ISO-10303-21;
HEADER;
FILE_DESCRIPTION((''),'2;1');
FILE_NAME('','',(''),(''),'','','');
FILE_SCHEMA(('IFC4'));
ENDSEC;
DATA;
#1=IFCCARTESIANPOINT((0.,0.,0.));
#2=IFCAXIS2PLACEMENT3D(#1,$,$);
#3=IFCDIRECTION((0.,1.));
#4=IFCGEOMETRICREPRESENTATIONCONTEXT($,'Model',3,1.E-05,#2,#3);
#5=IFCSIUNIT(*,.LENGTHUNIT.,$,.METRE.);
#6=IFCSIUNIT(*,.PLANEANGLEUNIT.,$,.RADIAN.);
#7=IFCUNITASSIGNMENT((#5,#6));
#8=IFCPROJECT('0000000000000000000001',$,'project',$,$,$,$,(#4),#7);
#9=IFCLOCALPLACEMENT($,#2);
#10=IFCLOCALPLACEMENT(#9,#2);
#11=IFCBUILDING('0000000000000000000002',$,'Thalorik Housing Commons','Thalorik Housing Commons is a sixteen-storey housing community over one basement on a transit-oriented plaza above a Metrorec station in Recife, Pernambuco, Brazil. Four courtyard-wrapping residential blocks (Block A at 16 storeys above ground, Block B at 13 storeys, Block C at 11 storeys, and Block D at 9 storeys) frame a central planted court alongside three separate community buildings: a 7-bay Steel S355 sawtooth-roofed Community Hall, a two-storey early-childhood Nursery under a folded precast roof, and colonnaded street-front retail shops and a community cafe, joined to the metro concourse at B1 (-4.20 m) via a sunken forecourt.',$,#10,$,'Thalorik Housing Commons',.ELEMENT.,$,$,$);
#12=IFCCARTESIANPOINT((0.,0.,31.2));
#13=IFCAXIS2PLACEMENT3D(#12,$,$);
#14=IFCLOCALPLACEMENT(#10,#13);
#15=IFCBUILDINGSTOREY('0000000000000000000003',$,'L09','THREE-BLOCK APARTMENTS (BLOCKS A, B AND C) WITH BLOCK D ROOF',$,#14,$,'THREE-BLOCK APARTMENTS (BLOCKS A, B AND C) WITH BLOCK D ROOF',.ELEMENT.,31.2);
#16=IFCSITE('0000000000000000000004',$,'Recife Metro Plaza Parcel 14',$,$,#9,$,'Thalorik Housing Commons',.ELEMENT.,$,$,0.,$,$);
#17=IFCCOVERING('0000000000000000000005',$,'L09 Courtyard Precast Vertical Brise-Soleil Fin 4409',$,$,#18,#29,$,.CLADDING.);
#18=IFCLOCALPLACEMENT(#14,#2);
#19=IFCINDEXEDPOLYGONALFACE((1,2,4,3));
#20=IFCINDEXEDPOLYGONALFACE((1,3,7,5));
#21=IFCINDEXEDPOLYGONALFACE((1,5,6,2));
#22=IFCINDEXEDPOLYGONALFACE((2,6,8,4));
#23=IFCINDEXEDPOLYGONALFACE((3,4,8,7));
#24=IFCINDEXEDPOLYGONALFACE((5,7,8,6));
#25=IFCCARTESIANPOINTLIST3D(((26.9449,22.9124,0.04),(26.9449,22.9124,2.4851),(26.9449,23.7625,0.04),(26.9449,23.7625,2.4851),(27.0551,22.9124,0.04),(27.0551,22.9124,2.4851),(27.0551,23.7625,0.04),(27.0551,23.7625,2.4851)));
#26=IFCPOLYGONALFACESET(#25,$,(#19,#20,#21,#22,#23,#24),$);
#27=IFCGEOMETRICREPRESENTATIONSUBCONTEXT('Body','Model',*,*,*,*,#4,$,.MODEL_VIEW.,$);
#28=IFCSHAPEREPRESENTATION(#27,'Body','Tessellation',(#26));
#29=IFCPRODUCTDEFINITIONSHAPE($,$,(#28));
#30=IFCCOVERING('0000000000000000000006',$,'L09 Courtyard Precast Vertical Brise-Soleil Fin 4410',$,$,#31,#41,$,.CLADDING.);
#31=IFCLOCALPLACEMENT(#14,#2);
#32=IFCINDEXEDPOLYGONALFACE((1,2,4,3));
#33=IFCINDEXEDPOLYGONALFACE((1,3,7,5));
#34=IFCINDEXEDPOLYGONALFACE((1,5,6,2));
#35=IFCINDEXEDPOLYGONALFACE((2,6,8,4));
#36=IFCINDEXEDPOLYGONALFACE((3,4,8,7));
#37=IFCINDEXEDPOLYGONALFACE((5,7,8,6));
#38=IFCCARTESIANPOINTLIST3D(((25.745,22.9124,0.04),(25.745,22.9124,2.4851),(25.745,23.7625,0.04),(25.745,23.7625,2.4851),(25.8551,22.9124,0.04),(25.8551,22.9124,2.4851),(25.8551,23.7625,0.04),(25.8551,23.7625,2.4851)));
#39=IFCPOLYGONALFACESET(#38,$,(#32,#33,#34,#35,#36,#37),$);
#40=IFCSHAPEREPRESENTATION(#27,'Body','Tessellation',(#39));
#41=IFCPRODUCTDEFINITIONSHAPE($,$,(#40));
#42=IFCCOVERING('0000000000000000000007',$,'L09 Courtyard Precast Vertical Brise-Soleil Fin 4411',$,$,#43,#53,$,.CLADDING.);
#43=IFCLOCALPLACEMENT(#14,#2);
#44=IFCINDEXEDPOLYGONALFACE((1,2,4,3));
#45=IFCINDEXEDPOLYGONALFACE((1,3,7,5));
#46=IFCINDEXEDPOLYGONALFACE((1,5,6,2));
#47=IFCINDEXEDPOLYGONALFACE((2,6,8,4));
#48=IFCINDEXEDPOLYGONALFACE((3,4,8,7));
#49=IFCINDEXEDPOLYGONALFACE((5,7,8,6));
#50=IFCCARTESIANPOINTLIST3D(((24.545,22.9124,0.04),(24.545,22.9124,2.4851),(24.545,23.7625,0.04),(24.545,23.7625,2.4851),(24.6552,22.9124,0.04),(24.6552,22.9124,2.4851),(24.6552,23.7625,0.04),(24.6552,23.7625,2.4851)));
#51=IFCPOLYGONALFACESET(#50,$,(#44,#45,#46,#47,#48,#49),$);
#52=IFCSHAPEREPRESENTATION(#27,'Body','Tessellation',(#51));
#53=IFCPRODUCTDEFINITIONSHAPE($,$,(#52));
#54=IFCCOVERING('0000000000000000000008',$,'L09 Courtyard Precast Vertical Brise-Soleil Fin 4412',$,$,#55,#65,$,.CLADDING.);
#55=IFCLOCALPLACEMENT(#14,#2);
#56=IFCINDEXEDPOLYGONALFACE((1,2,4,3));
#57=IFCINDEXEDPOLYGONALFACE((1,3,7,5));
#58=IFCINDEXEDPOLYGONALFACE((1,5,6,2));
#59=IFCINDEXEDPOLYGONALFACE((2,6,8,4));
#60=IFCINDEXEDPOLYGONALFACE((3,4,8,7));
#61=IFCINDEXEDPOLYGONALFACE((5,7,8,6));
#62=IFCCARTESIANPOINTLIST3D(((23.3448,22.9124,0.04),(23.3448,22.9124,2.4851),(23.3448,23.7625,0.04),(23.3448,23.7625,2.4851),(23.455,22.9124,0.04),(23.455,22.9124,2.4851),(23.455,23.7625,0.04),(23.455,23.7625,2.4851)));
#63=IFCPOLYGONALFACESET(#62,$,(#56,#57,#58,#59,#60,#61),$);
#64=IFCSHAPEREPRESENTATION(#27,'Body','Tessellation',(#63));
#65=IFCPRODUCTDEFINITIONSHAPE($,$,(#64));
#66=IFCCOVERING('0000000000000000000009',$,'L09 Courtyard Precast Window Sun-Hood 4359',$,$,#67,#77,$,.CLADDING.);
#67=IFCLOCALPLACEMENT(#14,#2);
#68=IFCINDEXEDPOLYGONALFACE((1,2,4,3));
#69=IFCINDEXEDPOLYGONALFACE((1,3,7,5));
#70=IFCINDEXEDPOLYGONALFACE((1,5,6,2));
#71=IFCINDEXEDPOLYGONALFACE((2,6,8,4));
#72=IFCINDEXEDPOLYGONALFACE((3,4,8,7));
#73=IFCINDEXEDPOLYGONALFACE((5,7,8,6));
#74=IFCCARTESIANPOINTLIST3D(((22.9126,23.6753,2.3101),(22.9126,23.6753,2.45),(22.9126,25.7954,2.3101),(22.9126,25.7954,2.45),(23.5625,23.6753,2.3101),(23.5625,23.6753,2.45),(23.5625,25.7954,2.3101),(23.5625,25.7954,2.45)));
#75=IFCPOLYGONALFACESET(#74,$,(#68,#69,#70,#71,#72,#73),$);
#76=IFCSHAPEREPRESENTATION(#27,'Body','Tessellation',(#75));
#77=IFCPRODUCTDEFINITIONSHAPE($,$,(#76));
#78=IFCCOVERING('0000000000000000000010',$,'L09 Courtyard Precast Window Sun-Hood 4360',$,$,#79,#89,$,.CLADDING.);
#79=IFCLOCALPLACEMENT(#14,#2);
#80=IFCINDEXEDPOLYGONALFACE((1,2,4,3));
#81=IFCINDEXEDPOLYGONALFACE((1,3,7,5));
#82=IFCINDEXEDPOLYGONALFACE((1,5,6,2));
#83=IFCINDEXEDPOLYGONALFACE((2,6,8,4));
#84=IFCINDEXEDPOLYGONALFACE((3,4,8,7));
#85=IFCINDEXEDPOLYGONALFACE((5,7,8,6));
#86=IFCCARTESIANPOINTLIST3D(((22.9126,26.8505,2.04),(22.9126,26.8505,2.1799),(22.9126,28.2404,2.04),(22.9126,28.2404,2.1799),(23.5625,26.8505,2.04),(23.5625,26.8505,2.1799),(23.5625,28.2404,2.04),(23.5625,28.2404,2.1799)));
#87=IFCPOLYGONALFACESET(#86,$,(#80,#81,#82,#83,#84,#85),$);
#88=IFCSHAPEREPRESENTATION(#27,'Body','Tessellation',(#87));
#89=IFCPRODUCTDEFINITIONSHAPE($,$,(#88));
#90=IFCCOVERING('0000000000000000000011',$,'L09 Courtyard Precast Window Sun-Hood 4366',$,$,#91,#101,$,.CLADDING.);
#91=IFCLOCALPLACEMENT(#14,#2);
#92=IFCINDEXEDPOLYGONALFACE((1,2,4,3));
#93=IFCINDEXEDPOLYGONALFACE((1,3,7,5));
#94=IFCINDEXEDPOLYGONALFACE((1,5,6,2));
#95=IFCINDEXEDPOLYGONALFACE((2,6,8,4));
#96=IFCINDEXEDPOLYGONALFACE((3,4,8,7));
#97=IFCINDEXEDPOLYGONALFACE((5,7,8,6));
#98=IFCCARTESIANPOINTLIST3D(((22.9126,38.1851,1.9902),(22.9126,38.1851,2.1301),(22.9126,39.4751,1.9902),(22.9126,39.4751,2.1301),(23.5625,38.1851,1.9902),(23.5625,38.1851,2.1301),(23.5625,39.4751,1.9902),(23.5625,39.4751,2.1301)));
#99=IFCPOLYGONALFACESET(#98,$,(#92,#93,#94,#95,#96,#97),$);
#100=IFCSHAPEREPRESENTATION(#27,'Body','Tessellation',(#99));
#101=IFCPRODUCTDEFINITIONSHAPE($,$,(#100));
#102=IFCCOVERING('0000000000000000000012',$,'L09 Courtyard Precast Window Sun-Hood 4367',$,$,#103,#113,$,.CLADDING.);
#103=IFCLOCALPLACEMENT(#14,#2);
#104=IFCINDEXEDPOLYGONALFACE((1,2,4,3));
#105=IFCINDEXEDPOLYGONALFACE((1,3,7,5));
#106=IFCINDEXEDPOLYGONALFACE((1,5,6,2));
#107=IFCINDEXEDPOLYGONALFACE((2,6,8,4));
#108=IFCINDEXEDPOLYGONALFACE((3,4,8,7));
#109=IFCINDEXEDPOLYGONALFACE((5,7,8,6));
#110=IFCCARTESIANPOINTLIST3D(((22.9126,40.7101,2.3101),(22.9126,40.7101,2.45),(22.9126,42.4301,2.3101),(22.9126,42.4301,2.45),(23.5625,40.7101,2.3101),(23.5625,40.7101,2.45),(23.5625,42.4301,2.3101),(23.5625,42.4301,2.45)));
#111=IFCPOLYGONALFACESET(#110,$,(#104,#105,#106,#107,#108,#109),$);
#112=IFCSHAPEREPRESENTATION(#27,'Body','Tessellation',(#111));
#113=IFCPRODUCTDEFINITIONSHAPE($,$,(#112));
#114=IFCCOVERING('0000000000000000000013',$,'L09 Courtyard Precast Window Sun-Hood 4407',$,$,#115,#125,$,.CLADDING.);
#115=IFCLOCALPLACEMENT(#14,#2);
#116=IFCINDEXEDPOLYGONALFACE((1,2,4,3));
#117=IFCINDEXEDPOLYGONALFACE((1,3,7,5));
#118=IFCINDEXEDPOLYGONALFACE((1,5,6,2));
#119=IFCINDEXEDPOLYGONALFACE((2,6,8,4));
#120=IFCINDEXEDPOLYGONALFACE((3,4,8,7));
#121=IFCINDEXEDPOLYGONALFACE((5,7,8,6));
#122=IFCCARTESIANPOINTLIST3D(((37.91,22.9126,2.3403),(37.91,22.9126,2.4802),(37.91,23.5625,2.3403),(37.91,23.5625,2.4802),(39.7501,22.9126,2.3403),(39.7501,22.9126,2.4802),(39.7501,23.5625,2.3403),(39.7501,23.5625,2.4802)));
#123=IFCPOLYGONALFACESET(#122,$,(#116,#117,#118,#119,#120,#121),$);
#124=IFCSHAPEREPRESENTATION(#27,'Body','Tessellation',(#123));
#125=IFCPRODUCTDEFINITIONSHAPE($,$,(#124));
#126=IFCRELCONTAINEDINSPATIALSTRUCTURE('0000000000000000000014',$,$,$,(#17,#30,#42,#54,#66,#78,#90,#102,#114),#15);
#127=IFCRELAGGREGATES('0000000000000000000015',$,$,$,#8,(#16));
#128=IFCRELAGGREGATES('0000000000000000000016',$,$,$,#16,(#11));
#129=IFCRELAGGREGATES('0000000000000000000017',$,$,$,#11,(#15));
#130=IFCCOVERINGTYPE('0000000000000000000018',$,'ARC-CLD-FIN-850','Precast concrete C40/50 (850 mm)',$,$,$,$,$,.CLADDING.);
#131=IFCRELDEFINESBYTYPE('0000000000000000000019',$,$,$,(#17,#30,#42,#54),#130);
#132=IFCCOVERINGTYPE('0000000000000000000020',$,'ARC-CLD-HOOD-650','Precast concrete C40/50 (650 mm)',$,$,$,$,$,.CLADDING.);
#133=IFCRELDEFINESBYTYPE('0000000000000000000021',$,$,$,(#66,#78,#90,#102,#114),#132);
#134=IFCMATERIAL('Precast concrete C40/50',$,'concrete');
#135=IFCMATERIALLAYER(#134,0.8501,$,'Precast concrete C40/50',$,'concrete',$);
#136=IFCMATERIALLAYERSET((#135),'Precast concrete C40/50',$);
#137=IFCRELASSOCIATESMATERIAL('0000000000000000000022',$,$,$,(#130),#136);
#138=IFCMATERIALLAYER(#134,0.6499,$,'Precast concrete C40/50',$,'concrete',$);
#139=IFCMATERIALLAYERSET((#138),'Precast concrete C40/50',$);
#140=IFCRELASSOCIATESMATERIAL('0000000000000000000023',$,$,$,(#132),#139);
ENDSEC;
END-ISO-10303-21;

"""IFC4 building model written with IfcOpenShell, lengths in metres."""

from ifc_helpers import new_model, si_unit, direction, frame, origin, origin_2d, place, context, subcontext, project, spatial, rectangle, extrude, material, layer, layer_set, type_object, element, save


model = new_model("IFC4")

# Units and contexts
model_context = context("Model", 3, precision=1e-05, world=origin(), true_north=direction((0.0, 1.0)))
body_context = subcontext(model_context, "Body", "Model", "MODEL_VIEW")
ifc_project = project(units=[si_unit("LENGTHUNIT", "METRE"), si_unit("PLANEANGLEUNIT", "RADIAN")], contexts=[model_context])

# Site, building, storey
site_placement = place(None, origin())
site = spatial("IfcSite", under=ifc_project, at=site_placement, Name="Recife Metro Plaza Parcel 14", LongName="Thalorik Housing Commons", CompositionType="ELEMENT", RefElevation=0.0)
building_placement = place(site_placement, origin())
building = spatial("IfcBuilding", under=site, at=building_placement, Name="Thalorik Housing Commons", Description="Thalorik Housing Commons is a sixteen-storey housing community over one basement on a transit-oriented plaza above a Metrorec station in Recife, Pernambuco, Brazil. Four courtyard-wrapping residential blocks (Block A at 16 storeys above ground, Block B at 13 storeys, Block C at 11 storeys, and Block D at 9 storeys) frame a central planted court alongside three separate community buildings: a 7-bay Steel S355 sawtooth-roofed Community Hall, a two-storey early-childhood Nursery under a folded precast roof, and colonnaded street-front retail shops and a community cafe, joined to the metro concourse at B1 (-4.20 m) via a sunken forecourt.", LongName="Thalorik Housing Commons", CompositionType="ELEMENT")
storey_placement = place(building_placement, frame((0.0, 0.0, 31.2)))
storey = spatial("IfcBuildingStorey", under=building, at=storey_placement, Name="L09", Description="THREE-BLOCK APARTMENTS (BLOCKS A, B AND C) WITH BLOCK D ROOF", LongName="THREE-BLOCK APARTMENTS (BLOCKS A, B AND C) WITH BLOCK D ROOF", CompositionType="ELEMENT", Elevation=31.2)

# Shared definitions
ifc_material_1 = material(Name="Precast concrete C40/50", Category="concrete")

# Coverings
ifc_layer_1 = layer(ifc_material_1, 0.8501, Name="Precast concrete C40/50", Category="concrete")
ifc_layer_set_1 = layer_set([ifc_layer_1], Name="Precast concrete C40/50")
covering_type_1 = type_object("IfcCoveringType", Name="ARC-CLD-FIN-850", Description="Precast concrete C40/50 (850 mm)", PredefinedType="CLADDING", material=ifc_layer_set_1)
for number, where, z_axis, x_axis, name in (
    (1, (27.0, 23.3374, 0.04), (0.0, 0.0, 1.0), (-1.0, 0.0, 0.0), "L09 Courtyard Precast Vertical Brise-Soleil Fin 4409"),
    (2, (25.8, 23.3374, 0.04), (0.0, 0.0, 1.0), (-1.0, 0.0, 0.0), "L09 Courtyard Precast Vertical Brise-Soleil Fin 4410"),
    (3, (24.6001, 23.3374, 0.04), (0.0, 0.0, 1.0), (-1.0, 0.0, 0.0), "L09 Courtyard Precast Vertical Brise-Soleil Fin 4411"),
    (4, (23.3999, 23.3374, 0.04), (0.0, 0.0, 1.0), (-1.0, 0.0, 0.0), "L09 Courtyard Precast Vertical Brise-Soleil Fin 4412"),
):
    element("IfcCovering", number, at=place(storey_placement, frame(where, z_axis=z_axis, x_axis=x_axis)), inside=storey, type_object=covering_type_1, Name=name, PredefinedType="CLADDING", context=body_context, shape_type="SweptSolid", body=[
        extrude(rectangle(XDim=0.1101, YDim=0.8501, at=origin_2d()), origin(), (0.0, 0.0, 1.0), 2.4451),
    ])
ifc_layer_2 = layer(ifc_material_1, 0.6499, Name="Precast concrete C40/50", Category="concrete")
ifc_layer_set_2 = layer_set([ifc_layer_2], Name="Precast concrete C40/50")
covering_type_2 = type_object("IfcCoveringType", Name="ARC-CLD-HOOD-650", Description="Precast concrete C40/50 (650 mm)", PredefinedType="CLADDING", material=ifc_layer_set_2)
covering_1_placement = place(storey_placement, frame((23.2375, 24.7354, 2.3101), z_axis=(0.0, 0.0, 1.0), x_axis=(0.0, 1.0, 0.0)))
element("IfcCovering", 5, at=covering_1_placement, inside=storey, type_object=covering_type_2, Name="L09 Courtyard Precast Window Sun-Hood 4359", PredefinedType="CLADDING", context=body_context, shape_type="SweptSolid", body=[
    extrude(rectangle(XDim=2.1201, YDim=0.6499, at=origin_2d()), origin(), (0.0, 0.0, 1.0), 0.1399),
])
covering_2_placement = place(storey_placement, frame((23.2375, 27.5454, 2.04), z_axis=(0.0, 0.0, 1.0), x_axis=(0.0, 1.0, 0.0)))
element("IfcCovering", 6, at=covering_2_placement, inside=storey, type_object=covering_type_2, Name="L09 Courtyard Precast Window Sun-Hood 4360", PredefinedType="CLADDING", context=body_context, shape_type="SweptSolid", body=[
    extrude(rectangle(XDim=1.3899, YDim=0.6499, at=origin_2d()), origin(), (0.0, 0.0, 1.0), 0.1399),
])
covering_3_placement = place(storey_placement, frame((23.2375, 38.8301, 1.9902), z_axis=(0.0, 0.0, 1.0), x_axis=(0.0, 1.0, 0.0)))
element("IfcCovering", 7, at=covering_3_placement, inside=storey, type_object=covering_type_2, Name="L09 Courtyard Precast Window Sun-Hood 4366", PredefinedType="CLADDING", context=body_context, shape_type="SweptSolid", body=[
    extrude(rectangle(XDim=1.29, YDim=0.6499, at=origin_2d()), origin(), (0.0, 0.0, 1.0), 0.1399),
])
covering_4_placement = place(storey_placement, frame((23.2375, 41.5701, 2.3101), z_axis=(0.0, 0.0, 1.0), x_axis=(0.0, 1.0, 0.0)))
element("IfcCovering", 8, at=covering_4_placement, inside=storey, type_object=covering_type_2, Name="L09 Courtyard Precast Window Sun-Hood 4367", PredefinedType="CLADDING", context=body_context, shape_type="SweptSolid", body=[
    extrude(rectangle(XDim=1.72, YDim=0.6499, at=origin_2d()), origin(), (0.0, 0.0, 1.0), 0.1399),
])
covering_5_placement = place(storey_placement, frame((38.8301, 23.2375, 2.3403), z_axis=(0.0, 0.0, 1.0), x_axis=(-1.0, 0.0, 0.0)))
element("IfcCovering", 9, at=covering_5_placement, inside=storey, type_object=covering_type_2, Name="L09 Courtyard Precast Window Sun-Hood 4407", PredefinedType="CLADDING", context=body_context, shape_type="SweptSolid", body=[
    extrude(rectangle(XDim=1.8401, YDim=0.6499, at=origin_2d()), origin(), (0.0, 0.0, 1.0), 0.1399),
])

save(model, "model.ifc")
